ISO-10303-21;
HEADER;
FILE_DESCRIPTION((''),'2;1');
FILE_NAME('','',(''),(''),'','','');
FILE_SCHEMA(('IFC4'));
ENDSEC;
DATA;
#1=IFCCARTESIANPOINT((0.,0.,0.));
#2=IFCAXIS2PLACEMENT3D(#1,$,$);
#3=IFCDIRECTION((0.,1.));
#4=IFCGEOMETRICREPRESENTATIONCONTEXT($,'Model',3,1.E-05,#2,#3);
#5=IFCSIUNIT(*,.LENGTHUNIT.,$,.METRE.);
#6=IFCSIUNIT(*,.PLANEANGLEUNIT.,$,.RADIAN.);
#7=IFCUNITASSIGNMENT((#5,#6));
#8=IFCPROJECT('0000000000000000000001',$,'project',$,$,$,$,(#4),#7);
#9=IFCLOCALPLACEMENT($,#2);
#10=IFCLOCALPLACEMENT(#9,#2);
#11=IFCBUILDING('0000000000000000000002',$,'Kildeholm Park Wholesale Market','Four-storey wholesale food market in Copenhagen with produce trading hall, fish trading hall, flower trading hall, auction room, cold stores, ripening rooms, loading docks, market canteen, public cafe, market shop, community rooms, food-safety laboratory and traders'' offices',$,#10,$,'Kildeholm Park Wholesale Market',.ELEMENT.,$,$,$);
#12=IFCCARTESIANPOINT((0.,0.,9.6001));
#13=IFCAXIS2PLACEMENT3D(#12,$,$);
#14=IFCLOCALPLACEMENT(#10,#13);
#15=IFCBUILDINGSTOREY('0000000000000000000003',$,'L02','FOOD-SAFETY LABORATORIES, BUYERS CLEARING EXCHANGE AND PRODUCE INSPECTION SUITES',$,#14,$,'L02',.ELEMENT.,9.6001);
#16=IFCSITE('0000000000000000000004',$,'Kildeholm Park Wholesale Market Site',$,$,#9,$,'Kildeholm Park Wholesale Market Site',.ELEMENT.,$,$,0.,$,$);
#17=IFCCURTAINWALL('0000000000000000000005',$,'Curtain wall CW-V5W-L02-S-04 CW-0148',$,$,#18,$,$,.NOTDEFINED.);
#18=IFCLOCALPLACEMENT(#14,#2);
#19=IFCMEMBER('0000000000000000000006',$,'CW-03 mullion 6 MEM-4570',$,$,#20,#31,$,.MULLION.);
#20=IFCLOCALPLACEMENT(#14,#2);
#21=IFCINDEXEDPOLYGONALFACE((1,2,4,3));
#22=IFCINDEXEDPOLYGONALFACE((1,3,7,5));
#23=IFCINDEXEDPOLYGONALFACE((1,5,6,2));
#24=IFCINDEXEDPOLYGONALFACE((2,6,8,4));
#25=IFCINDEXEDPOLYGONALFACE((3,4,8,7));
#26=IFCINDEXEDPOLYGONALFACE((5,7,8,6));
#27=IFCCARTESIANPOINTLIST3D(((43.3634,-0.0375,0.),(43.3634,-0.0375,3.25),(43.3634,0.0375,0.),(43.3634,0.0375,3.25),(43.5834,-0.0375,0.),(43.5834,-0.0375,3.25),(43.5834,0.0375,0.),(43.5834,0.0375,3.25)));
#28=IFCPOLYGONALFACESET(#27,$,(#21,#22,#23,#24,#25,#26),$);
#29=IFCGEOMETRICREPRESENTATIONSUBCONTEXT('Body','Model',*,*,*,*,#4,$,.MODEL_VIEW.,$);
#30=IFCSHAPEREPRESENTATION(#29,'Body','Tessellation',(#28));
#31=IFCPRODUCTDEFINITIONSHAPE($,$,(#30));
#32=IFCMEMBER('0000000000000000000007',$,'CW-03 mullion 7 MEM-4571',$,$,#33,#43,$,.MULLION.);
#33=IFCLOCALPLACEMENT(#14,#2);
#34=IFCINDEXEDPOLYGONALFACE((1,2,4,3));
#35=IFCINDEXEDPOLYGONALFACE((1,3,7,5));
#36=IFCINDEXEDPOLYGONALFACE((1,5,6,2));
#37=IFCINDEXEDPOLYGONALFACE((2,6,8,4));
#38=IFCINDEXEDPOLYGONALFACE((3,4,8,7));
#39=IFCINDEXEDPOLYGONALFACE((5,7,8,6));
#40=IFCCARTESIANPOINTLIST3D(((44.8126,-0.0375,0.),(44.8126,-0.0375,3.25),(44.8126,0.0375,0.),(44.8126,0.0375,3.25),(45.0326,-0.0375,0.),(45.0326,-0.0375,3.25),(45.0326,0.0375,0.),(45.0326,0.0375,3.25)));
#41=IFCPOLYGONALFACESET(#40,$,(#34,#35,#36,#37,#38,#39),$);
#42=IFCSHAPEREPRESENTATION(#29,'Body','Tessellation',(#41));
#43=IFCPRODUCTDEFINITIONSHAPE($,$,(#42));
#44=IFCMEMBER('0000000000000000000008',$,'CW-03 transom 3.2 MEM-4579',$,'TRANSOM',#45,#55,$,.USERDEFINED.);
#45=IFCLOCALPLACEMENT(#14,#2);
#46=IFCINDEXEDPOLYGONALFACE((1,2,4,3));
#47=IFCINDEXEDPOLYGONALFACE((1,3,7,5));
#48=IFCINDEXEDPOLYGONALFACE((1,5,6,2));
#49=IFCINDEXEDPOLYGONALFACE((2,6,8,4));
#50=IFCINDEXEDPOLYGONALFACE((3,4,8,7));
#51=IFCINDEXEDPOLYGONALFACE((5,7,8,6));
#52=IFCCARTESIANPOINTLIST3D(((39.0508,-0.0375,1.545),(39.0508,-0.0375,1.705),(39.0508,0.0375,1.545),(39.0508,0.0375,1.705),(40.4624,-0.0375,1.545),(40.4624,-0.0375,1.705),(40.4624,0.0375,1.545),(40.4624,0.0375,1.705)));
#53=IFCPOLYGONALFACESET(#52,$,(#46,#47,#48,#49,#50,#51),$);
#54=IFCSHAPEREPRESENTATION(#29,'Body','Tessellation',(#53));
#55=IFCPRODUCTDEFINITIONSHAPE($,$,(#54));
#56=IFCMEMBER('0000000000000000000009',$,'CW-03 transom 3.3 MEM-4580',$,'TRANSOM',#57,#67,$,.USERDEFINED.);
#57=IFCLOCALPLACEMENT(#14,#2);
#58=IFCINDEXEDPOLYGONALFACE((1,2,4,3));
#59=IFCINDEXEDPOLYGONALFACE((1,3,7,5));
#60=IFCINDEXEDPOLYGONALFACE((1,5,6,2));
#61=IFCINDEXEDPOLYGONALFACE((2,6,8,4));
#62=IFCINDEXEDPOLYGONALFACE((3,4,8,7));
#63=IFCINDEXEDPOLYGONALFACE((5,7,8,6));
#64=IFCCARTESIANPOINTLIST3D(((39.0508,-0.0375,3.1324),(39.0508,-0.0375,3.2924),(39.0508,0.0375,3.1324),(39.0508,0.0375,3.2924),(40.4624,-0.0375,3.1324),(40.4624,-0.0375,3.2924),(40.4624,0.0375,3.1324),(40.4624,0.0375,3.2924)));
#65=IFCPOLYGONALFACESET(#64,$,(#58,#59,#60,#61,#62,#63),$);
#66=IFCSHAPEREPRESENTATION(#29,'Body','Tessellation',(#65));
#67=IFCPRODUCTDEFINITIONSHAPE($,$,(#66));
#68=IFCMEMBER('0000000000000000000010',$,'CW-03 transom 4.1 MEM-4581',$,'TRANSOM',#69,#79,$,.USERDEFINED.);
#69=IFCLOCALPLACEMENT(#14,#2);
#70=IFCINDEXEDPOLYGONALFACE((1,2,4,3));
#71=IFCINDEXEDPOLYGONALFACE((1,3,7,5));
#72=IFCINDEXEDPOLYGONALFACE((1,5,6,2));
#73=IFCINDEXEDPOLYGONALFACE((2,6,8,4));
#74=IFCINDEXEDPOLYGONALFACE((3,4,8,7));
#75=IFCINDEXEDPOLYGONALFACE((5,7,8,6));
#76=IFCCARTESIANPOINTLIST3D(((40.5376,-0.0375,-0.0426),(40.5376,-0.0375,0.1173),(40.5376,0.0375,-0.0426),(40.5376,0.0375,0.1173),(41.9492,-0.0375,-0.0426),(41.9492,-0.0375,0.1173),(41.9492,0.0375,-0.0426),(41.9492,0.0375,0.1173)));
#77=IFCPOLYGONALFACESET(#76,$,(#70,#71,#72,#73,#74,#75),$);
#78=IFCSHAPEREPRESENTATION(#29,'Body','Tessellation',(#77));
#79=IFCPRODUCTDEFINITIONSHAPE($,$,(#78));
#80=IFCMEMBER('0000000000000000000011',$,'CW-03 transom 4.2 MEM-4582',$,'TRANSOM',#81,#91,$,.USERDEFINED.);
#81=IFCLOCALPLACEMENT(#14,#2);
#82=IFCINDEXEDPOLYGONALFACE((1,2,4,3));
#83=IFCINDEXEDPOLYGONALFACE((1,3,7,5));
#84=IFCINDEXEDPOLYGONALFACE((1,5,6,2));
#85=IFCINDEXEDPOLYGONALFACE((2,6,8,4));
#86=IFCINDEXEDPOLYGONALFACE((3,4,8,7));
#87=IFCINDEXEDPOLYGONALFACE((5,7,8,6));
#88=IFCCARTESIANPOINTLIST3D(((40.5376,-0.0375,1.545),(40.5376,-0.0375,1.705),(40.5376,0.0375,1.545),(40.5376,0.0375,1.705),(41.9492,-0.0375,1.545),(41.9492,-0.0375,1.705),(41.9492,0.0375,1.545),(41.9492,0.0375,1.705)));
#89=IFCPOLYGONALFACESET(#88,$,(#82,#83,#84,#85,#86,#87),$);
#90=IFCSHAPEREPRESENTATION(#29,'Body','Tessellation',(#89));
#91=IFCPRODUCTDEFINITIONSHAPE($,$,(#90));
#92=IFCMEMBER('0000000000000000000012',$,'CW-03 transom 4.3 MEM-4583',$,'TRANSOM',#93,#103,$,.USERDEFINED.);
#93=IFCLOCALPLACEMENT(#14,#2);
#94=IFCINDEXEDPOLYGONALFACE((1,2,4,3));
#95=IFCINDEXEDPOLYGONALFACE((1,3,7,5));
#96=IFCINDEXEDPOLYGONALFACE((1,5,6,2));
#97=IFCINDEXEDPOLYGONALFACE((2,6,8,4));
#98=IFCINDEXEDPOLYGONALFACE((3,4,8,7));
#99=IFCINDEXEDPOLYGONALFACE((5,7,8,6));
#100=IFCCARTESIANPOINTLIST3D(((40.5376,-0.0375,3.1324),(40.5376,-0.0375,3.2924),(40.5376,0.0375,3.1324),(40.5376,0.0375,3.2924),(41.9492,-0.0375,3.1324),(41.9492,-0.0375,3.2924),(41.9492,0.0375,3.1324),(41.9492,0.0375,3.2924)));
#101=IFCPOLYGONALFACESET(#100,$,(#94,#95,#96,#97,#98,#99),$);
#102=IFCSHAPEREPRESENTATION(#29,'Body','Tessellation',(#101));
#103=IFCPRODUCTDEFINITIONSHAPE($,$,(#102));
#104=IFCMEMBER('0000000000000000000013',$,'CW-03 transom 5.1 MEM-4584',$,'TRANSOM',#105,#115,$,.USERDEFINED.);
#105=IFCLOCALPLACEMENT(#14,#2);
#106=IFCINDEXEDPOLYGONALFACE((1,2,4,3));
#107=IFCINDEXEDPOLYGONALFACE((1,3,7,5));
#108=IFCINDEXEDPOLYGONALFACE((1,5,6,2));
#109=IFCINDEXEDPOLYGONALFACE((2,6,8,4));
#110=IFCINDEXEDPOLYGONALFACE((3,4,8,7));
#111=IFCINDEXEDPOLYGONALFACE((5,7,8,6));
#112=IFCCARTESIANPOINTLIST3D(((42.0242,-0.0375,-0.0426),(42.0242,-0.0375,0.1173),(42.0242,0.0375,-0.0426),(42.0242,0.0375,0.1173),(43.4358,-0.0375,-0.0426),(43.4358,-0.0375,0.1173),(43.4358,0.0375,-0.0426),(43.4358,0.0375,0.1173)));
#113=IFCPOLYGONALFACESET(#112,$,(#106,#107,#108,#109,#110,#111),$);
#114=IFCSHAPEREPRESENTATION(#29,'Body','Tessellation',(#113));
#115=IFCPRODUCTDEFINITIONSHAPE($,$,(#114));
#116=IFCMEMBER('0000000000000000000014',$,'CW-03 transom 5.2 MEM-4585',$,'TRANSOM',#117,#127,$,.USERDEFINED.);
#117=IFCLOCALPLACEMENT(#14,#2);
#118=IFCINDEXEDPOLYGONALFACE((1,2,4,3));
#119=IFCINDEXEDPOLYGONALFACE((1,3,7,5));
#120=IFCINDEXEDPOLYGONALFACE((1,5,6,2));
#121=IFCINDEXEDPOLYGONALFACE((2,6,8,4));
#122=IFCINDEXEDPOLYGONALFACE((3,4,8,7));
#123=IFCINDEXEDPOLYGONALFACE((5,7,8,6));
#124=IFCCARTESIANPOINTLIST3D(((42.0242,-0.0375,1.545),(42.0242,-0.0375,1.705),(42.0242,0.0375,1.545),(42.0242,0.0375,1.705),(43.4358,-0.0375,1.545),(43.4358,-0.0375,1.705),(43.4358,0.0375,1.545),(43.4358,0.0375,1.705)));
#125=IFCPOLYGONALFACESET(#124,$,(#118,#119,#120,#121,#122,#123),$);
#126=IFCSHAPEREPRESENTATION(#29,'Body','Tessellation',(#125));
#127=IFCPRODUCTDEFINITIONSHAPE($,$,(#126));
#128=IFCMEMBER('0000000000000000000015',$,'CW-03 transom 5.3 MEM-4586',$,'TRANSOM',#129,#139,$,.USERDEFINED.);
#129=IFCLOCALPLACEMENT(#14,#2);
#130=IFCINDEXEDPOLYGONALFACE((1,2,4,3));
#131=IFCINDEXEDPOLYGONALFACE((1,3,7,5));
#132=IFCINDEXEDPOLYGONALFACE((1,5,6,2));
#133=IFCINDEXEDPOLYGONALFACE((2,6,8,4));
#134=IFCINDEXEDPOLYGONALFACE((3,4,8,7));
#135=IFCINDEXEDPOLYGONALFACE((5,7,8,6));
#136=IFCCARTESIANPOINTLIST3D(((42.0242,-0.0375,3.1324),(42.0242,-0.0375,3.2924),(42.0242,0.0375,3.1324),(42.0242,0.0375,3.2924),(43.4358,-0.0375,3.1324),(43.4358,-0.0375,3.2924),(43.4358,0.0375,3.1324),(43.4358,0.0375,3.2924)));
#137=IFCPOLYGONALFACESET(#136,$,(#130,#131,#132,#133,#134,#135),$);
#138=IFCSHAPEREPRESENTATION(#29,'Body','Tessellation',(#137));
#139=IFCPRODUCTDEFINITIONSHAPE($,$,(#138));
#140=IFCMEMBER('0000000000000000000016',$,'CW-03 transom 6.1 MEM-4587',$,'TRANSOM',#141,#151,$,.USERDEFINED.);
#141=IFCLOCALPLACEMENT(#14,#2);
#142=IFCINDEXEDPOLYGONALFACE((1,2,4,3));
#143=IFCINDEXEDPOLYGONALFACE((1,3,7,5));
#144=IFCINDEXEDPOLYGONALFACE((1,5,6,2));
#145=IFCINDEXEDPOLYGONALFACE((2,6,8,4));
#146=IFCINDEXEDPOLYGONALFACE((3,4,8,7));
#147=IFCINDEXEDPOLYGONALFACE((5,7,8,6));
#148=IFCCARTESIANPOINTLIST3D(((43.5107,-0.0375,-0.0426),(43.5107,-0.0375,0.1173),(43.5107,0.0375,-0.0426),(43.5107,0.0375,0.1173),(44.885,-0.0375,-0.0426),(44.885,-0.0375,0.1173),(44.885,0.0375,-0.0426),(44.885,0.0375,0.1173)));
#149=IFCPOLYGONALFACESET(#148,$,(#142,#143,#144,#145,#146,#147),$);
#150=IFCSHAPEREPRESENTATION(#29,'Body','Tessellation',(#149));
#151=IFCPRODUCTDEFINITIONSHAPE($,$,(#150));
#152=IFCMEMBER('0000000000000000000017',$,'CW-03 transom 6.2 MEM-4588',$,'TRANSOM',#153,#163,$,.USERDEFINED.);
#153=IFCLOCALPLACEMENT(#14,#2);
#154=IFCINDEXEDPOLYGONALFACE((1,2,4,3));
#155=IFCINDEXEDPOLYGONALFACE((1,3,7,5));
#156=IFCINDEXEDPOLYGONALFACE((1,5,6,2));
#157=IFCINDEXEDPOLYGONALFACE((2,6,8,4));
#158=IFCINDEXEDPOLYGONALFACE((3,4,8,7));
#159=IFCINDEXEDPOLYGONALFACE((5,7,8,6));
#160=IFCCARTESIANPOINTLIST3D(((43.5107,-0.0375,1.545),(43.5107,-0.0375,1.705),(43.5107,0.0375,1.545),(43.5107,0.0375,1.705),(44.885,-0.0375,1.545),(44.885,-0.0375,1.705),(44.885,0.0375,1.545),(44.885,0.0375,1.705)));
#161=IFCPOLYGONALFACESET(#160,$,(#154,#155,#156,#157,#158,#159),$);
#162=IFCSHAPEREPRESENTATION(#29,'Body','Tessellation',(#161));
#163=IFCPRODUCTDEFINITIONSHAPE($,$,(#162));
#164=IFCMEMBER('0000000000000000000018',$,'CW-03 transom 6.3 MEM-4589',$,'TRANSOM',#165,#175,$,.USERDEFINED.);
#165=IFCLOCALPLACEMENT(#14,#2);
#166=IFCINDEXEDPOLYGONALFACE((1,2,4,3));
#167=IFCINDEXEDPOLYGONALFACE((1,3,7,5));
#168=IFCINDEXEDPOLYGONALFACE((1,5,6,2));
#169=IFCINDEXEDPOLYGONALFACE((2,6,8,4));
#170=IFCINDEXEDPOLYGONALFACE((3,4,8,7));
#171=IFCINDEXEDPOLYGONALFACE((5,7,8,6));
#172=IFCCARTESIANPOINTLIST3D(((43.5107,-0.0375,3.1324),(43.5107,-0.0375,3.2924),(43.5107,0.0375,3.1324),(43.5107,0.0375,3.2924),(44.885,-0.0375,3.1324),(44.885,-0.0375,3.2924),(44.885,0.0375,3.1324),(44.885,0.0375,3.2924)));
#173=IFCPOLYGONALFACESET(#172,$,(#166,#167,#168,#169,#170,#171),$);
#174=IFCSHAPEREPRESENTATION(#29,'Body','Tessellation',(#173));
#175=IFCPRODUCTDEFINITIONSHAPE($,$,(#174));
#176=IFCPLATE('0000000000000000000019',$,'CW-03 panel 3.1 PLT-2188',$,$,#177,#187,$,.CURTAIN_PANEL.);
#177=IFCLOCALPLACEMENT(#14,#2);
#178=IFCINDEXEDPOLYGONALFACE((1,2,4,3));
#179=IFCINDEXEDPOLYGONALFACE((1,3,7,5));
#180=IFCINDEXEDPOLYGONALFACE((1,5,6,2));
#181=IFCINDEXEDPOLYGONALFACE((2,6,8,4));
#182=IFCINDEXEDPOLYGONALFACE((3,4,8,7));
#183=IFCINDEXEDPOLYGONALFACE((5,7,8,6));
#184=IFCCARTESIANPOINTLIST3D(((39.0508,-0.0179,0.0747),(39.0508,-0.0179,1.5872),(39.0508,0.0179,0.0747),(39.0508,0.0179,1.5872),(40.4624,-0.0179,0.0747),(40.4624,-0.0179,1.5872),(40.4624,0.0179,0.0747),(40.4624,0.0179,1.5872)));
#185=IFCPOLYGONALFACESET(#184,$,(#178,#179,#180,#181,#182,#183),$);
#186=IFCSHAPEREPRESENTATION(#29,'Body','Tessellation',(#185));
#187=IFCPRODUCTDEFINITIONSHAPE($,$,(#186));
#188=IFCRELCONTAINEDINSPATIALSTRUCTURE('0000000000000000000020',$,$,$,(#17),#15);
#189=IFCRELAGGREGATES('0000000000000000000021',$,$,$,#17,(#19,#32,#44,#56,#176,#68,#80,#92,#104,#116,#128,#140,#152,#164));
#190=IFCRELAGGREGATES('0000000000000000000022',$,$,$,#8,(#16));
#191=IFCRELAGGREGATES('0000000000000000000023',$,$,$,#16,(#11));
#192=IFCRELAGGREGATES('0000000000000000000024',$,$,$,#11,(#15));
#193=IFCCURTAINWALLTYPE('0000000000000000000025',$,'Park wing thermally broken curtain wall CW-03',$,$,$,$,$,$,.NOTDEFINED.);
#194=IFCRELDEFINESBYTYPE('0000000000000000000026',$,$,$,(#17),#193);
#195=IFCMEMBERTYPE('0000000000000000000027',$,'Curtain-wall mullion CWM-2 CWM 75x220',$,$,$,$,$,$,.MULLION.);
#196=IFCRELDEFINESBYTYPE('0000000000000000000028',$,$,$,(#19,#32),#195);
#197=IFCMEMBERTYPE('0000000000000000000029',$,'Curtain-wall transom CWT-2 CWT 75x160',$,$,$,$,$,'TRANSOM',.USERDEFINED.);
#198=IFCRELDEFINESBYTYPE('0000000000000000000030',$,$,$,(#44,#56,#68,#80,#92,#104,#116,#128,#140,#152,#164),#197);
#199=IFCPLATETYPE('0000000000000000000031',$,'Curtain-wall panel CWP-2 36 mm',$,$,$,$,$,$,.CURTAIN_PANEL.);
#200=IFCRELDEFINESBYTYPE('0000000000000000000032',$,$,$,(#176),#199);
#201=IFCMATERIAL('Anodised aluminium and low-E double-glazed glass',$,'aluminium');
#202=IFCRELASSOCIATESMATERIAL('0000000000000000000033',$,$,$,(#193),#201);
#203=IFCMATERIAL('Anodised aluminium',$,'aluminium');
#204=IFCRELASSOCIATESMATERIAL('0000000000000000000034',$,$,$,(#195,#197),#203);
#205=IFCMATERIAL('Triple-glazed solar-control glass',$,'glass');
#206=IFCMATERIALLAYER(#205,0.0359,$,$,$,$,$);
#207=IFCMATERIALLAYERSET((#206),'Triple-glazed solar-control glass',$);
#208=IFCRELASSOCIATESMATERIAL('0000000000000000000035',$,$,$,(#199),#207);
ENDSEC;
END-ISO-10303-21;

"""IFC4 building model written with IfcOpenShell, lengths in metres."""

from ifc_helpers import new_model, si_unit, direction, frame, origin, origin_2d, place, context, subcontext, project, spatial, rectangle, extrude, material, layer, layer_set, material_profile, profile_set, type_object, element, aggregate, save


model = new_model("IFC4")

# Units and contexts
model_context = context("Model", 3, precision=1e-05, world=origin(), true_north=direction((0.0, 1.0)))
body_context = subcontext(model_context, "Body", "Model", "MODEL_VIEW")
ifc_project = project(units=[si_unit("LENGTHUNIT", "METRE"), si_unit("PLANEANGLEUNIT", "RADIAN")], contexts=[model_context])

# Site, building, storey
site_placement = place(None, origin())
site = spatial("IfcSite", under=ifc_project, at=site_placement, Name="Kildeholm Park Wholesale Market Site", LongName="Kildeholm Park Wholesale Market Site", CompositionType="ELEMENT", RefElevation=0.0)
building_placement = place(site_placement, origin())
building = spatial("IfcBuilding", under=site, at=building_placement, Name="Kildeholm Park Wholesale Market", Description="Four-storey wholesale food market in Copenhagen with produce trading hall, fish trading hall, flower trading hall, auction room, cold stores, ripening rooms, loading docks, market canteen, public cafe, market shop, community rooms, food-safety laboratory and traders' offices", LongName="Kildeholm Park Wholesale Market", CompositionType="ELEMENT")
storey_placement = place(building_placement, frame((0.0, 0.0, 9.6001)))
storey = spatial("IfcBuildingStorey", under=building, at=storey_placement, Name="L02", Description="FOOD-SAFETY LABORATORIES, BUYERS CLEARING EXCHANGE AND PRODUCE INSPECTION SUITES", LongName="L02", CompositionType="ELEMENT", Elevation=9.6001)

# Curtain wall, members, plate
ifc_material_1 = material(Name="Anodised aluminium and low-E double-glazed glass", Category="aluminium")
curtain_wall_type = type_object("IfcCurtainWallType", Name="Park wing thermally broken curtain wall CW-03", PredefinedType="NOTDEFINED", material=ifc_material_1)
curtain_wall_placement = place(storey_placement, origin())
curtain_wall = element("IfcCurtainWall", 1, at=curtain_wall_placement, inside=storey, type_object=curtain_wall_type, Name="Curtain wall CW-V5W-L02-S-04 CW-0148", PredefinedType="NOTDEFINED")
ifc_material_2 = material(Name="Anodised aluminium", Category="aluminium")
ifc_material_profile_1 = material_profile(ifc_material_2, rectangle(XDim=0.075, YDim=0.22, at=origin_2d()), Name="CWM 75x220")
ifc_profile_set_1 = profile_set([ifc_material_profile_1], Name="Anodised aluminium")
member_type_1 = type_object("IfcMemberType", Name="Curtain-wall mullion CWM-2 CWM 75x220", PredefinedType="MULLION", material=ifc_profile_set_1)
member_1_placement = place(storey_placement, frame((43.4734, 0.0, 0.0), z_axis=(0.0, 0.0, 1.0), x_axis=(0.0, 1.0, 0.0)))
member_1 = element("IfcMember", 2, at=member_1_placement, type_object=member_type_1, Name="CW-03 mullion 6 MEM-4570", PredefinedType="MULLION", context=body_context, shape_type="SweptSolid", body=[
    extrude(rectangle(XDim=0.075, YDim=0.22, at=origin_2d()), origin(), (0.0, 0.0, 1.0), 3.25),
])
member_2_placement = place(storey_placement, frame((44.9226, 0.0, 0.0), z_axis=(0.0, 0.0, 1.0), x_axis=(0.0, 1.0, 0.0)))
member_2 = element("IfcMember", 3, at=member_2_placement, type_object=member_type_1, Name="CW-03 mullion 7 MEM-4571", PredefinedType="MULLION", context=body_context, shape_type="SweptSolid", body=[
    extrude(rectangle(XDim=0.075, YDim=0.22, at=origin_2d()), origin(), (0.0, 0.0, 1.0), 3.25),
])
ifc_material_profile_2 = material_profile(ifc_material_2, rectangle(XDim=0.075, YDim=0.1599, at=origin_2d()), Name="CWT 75x160")
ifc_profile_set_2 = profile_set([ifc_material_profile_2], Name="Anodised aluminium")
member_type_2 = type_object("IfcMemberType", Name="Curtain-wall transom CWT-2 CWT 75x160", ElementType="TRANSOM", PredefinedType="USERDEFINED", material=ifc_profile_set_2)
member_3_placement = place(storey_placement, frame((39.0508, 0.0, 1.625), z_axis=(1.0, 0.0, 0.0), x_axis=(0.0, 1.0, 0.0)))
member_3 = element("IfcMember", 4, at=member_3_placement, type_object=member_type_2, Name="CW-03 transom 3.2 MEM-4579", ObjectType="TRANSOM", PredefinedType="USERDEFINED", context=body_context, shape_type="SweptSolid", body=[
    extrude(rectangle(XDim=0.075, YDim=0.1599, at=origin_2d()), origin(), (0.0, 0.0, 1.0), 1.4116),
])
member_4_placement = place(storey_placement, frame((39.0508, 0.0, 3.2124), z_axis=(1.0, 0.0, 0.0), x_axis=(0.0, 1.0, 0.0)))
member_4 = element("IfcMember", 5, at=member_4_placement, type_object=member_type_2, Name="CW-03 transom 3.3 MEM-4580", ObjectType="TRANSOM", PredefinedType="USERDEFINED", context=body_context, shape_type="SweptSolid", body=[
    extrude(rectangle(XDim=0.075, YDim=0.1599, at=origin_2d()), origin(), (0.0, 0.0, 1.0), 1.4116),
])
member_5_placement = place(storey_placement, frame((40.5376, 0.0, 0.0374), z_axis=(1.0, 0.0, 0.0), x_axis=(0.0, 1.0, 0.0)))
member_5 = element("IfcMember", 6, at=member_5_placement, type_object=member_type_2, Name="CW-03 transom 4.1 MEM-4581", ObjectType="TRANSOM", PredefinedType="USERDEFINED", context=body_context, shape_type="SweptSolid", body=[
    extrude(rectangle(XDim=0.075, YDim=0.1599, at=origin_2d()), origin(), (0.0, 0.0, 1.0), 1.4116),
])
member_6_placement = place(storey_placement, frame((40.5376, 0.0, 1.625), z_axis=(1.0, 0.0, 0.0), x_axis=(0.0, 1.0, 0.0)))
member_6 = element("IfcMember", 7, at=member_6_placement, type_object=member_type_2, Name="CW-03 transom 4.2 MEM-4582", ObjectType="TRANSOM", PredefinedType="USERDEFINED", context=body_context, shape_type="SweptSolid", body=[
    extrude(rectangle(XDim=0.075, YDim=0.1599, at=origin_2d()), origin(), (0.0, 0.0, 1.0), 1.4116),
])
member_7_placement = place(storey_placement, frame((40.5376, 0.0, 3.2124), z_axis=(1.0, 0.0, 0.0), x_axis=(0.0, 1.0, 0.0)))
member_7 = element("IfcMember", 8, at=member_7_placement, type_object=member_type_2, Name="CW-03 transom 4.3 MEM-4583", ObjectType="TRANSOM", PredefinedType="USERDEFINED", context=body_context, shape_type="SweptSolid", body=[
    extrude(rectangle(XDim=0.075, YDim=0.1599, at=origin_2d()), origin(), (0.0, 0.0, 1.0), 1.4116),
])
member_8_placement = place(storey_placement, frame((42.0242, 0.0, 0.0374), z_axis=(1.0, 0.0, 0.0), x_axis=(0.0, 1.0, 0.0)))
member_8 = element("IfcMember", 9, at=member_8_placement, type_object=member_type_2, Name="CW-03 transom 5.1 MEM-4584", ObjectType="TRANSOM", PredefinedType="USERDEFINED", context=body_context, shape_type="SweptSolid", body=[
    extrude(rectangle(XDim=0.075, YDim=0.1599, at=origin_2d()), origin(), (0.0, 0.0, 1.0), 1.4116),
])
member_9_placement = place(storey_placement, frame((42.0242, 0.0, 1.625), z_axis=(1.0, 0.0, 0.0), x_axis=(0.0, 1.0, 0.0)))
member_9 = element("IfcMember", 10, at=member_9_placement, type_object=member_type_2, Name="CW-03 transom 5.2 MEM-4585", ObjectType="TRANSOM", PredefinedType="USERDEFINED", context=body_context, shape_type="SweptSolid", body=[
    extrude(rectangle(XDim=0.075, YDim=0.1599, at=origin_2d()), origin(), (0.0, 0.0, 1.0), 1.4116),
])
member_10_placement = place(storey_placement, frame((42.0242, 0.0, 3.2124), z_axis=(1.0, 0.0, 0.0), x_axis=(0.0, 1.0, 0.0)))
member_10 = element("IfcMember", 11, at=member_10_placement, type_object=member_type_2, Name="CW-03 transom 5.3 MEM-4586", ObjectType="TRANSOM", PredefinedType="USERDEFINED", context=body_context, shape_type="SweptSolid", body=[
    extrude(rectangle(XDim=0.075, YDim=0.1599, at=origin_2d()), origin(), (0.0, 0.0, 1.0), 1.4116),
])
member_11_placement = place(storey_placement, frame((43.5107, 0.0, 0.0374), z_axis=(1.0, 0.0, 0.0), x_axis=(0.0, 1.0, 0.0)))
member_11 = element("IfcMember", 12, at=member_11_placement, type_object=member_type_2, Name="CW-03 transom 6.1 MEM-4587", ObjectType="TRANSOM", PredefinedType="USERDEFINED", context=body_context, shape_type="SweptSolid", body=[
    extrude(rectangle(XDim=0.075, YDim=0.1599, at=origin_2d()), origin(), (0.0, 0.0, 1.0), 1.3743),
])
member_12_placement = place(storey_placement, frame((43.5107, 0.0, 1.625), z_axis=(1.0, 0.0, 0.0), x_axis=(0.0, 1.0, 0.0)))
member_12 = element("IfcMember", 13, at=member_12_placement, type_object=member_type_2, Name="CW-03 transom 6.2 MEM-4588", ObjectType="TRANSOM", PredefinedType="USERDEFINED", context=body_context, shape_type="SweptSolid", body=[
    extrude(rectangle(XDim=0.075, YDim=0.1599, at=origin_2d()), origin(), (0.0, 0.0, 1.0), 1.3743),
])
member_13_placement = place(storey_placement, frame((43.5107, 0.0, 3.2124), z_axis=(1.0, 0.0, 0.0), x_axis=(0.0, 1.0, 0.0)))
member_13 = element("IfcMember", 14, at=member_13_placement, type_object=member_type_2, Name="CW-03 transom 6.3 MEM-4589", ObjectType="TRANSOM", PredefinedType="USERDEFINED", context=body_context, shape_type="SweptSolid", body=[
    extrude(rectangle(XDim=0.075, YDim=0.1599, at=origin_2d()), origin(), (0.0, 0.0, 1.0), 1.3743),
])
ifc_material_3 = material(Name="Triple-glazed solar-control glass", Category="glass")
ifc_layer_1 = layer(ifc_material_3, 0.0359)
ifc_layer_set_1 = layer_set([ifc_layer_1], Name="Triple-glazed solar-control glass")
plate_type = type_object("IfcPlateType", Name="Curtain-wall panel CWP-2 36 mm", PredefinedType="CURTAIN_PANEL", material=ifc_layer_set_1)
plate_1_placement = place(storey_placement, frame((39.7566, 0.0, 0.0747), z_axis=(0.0, 0.0, 1.0), x_axis=(1.0, 0.0, 0.0)))
plate_1 = element("IfcPlate", 15, at=plate_1_placement, type_object=plate_type, Name="CW-03 panel 3.1 PLT-2188", PredefinedType="CURTAIN_PANEL", context=body_context, shape_type="SweptSolid", body=[
    extrude(rectangle(XDim=1.4116, YDim=0.0359, at=origin_2d()), origin(), (0.0, 0.0, 1.0), 1.5125),
])
aggregate(curtain_wall, [member_1, member_2, member_3, member_4, plate_1, member_5, member_6, member_7, member_8, member_9, member_10, member_11, member_12, member_13])

save(model, "model.ifc")
